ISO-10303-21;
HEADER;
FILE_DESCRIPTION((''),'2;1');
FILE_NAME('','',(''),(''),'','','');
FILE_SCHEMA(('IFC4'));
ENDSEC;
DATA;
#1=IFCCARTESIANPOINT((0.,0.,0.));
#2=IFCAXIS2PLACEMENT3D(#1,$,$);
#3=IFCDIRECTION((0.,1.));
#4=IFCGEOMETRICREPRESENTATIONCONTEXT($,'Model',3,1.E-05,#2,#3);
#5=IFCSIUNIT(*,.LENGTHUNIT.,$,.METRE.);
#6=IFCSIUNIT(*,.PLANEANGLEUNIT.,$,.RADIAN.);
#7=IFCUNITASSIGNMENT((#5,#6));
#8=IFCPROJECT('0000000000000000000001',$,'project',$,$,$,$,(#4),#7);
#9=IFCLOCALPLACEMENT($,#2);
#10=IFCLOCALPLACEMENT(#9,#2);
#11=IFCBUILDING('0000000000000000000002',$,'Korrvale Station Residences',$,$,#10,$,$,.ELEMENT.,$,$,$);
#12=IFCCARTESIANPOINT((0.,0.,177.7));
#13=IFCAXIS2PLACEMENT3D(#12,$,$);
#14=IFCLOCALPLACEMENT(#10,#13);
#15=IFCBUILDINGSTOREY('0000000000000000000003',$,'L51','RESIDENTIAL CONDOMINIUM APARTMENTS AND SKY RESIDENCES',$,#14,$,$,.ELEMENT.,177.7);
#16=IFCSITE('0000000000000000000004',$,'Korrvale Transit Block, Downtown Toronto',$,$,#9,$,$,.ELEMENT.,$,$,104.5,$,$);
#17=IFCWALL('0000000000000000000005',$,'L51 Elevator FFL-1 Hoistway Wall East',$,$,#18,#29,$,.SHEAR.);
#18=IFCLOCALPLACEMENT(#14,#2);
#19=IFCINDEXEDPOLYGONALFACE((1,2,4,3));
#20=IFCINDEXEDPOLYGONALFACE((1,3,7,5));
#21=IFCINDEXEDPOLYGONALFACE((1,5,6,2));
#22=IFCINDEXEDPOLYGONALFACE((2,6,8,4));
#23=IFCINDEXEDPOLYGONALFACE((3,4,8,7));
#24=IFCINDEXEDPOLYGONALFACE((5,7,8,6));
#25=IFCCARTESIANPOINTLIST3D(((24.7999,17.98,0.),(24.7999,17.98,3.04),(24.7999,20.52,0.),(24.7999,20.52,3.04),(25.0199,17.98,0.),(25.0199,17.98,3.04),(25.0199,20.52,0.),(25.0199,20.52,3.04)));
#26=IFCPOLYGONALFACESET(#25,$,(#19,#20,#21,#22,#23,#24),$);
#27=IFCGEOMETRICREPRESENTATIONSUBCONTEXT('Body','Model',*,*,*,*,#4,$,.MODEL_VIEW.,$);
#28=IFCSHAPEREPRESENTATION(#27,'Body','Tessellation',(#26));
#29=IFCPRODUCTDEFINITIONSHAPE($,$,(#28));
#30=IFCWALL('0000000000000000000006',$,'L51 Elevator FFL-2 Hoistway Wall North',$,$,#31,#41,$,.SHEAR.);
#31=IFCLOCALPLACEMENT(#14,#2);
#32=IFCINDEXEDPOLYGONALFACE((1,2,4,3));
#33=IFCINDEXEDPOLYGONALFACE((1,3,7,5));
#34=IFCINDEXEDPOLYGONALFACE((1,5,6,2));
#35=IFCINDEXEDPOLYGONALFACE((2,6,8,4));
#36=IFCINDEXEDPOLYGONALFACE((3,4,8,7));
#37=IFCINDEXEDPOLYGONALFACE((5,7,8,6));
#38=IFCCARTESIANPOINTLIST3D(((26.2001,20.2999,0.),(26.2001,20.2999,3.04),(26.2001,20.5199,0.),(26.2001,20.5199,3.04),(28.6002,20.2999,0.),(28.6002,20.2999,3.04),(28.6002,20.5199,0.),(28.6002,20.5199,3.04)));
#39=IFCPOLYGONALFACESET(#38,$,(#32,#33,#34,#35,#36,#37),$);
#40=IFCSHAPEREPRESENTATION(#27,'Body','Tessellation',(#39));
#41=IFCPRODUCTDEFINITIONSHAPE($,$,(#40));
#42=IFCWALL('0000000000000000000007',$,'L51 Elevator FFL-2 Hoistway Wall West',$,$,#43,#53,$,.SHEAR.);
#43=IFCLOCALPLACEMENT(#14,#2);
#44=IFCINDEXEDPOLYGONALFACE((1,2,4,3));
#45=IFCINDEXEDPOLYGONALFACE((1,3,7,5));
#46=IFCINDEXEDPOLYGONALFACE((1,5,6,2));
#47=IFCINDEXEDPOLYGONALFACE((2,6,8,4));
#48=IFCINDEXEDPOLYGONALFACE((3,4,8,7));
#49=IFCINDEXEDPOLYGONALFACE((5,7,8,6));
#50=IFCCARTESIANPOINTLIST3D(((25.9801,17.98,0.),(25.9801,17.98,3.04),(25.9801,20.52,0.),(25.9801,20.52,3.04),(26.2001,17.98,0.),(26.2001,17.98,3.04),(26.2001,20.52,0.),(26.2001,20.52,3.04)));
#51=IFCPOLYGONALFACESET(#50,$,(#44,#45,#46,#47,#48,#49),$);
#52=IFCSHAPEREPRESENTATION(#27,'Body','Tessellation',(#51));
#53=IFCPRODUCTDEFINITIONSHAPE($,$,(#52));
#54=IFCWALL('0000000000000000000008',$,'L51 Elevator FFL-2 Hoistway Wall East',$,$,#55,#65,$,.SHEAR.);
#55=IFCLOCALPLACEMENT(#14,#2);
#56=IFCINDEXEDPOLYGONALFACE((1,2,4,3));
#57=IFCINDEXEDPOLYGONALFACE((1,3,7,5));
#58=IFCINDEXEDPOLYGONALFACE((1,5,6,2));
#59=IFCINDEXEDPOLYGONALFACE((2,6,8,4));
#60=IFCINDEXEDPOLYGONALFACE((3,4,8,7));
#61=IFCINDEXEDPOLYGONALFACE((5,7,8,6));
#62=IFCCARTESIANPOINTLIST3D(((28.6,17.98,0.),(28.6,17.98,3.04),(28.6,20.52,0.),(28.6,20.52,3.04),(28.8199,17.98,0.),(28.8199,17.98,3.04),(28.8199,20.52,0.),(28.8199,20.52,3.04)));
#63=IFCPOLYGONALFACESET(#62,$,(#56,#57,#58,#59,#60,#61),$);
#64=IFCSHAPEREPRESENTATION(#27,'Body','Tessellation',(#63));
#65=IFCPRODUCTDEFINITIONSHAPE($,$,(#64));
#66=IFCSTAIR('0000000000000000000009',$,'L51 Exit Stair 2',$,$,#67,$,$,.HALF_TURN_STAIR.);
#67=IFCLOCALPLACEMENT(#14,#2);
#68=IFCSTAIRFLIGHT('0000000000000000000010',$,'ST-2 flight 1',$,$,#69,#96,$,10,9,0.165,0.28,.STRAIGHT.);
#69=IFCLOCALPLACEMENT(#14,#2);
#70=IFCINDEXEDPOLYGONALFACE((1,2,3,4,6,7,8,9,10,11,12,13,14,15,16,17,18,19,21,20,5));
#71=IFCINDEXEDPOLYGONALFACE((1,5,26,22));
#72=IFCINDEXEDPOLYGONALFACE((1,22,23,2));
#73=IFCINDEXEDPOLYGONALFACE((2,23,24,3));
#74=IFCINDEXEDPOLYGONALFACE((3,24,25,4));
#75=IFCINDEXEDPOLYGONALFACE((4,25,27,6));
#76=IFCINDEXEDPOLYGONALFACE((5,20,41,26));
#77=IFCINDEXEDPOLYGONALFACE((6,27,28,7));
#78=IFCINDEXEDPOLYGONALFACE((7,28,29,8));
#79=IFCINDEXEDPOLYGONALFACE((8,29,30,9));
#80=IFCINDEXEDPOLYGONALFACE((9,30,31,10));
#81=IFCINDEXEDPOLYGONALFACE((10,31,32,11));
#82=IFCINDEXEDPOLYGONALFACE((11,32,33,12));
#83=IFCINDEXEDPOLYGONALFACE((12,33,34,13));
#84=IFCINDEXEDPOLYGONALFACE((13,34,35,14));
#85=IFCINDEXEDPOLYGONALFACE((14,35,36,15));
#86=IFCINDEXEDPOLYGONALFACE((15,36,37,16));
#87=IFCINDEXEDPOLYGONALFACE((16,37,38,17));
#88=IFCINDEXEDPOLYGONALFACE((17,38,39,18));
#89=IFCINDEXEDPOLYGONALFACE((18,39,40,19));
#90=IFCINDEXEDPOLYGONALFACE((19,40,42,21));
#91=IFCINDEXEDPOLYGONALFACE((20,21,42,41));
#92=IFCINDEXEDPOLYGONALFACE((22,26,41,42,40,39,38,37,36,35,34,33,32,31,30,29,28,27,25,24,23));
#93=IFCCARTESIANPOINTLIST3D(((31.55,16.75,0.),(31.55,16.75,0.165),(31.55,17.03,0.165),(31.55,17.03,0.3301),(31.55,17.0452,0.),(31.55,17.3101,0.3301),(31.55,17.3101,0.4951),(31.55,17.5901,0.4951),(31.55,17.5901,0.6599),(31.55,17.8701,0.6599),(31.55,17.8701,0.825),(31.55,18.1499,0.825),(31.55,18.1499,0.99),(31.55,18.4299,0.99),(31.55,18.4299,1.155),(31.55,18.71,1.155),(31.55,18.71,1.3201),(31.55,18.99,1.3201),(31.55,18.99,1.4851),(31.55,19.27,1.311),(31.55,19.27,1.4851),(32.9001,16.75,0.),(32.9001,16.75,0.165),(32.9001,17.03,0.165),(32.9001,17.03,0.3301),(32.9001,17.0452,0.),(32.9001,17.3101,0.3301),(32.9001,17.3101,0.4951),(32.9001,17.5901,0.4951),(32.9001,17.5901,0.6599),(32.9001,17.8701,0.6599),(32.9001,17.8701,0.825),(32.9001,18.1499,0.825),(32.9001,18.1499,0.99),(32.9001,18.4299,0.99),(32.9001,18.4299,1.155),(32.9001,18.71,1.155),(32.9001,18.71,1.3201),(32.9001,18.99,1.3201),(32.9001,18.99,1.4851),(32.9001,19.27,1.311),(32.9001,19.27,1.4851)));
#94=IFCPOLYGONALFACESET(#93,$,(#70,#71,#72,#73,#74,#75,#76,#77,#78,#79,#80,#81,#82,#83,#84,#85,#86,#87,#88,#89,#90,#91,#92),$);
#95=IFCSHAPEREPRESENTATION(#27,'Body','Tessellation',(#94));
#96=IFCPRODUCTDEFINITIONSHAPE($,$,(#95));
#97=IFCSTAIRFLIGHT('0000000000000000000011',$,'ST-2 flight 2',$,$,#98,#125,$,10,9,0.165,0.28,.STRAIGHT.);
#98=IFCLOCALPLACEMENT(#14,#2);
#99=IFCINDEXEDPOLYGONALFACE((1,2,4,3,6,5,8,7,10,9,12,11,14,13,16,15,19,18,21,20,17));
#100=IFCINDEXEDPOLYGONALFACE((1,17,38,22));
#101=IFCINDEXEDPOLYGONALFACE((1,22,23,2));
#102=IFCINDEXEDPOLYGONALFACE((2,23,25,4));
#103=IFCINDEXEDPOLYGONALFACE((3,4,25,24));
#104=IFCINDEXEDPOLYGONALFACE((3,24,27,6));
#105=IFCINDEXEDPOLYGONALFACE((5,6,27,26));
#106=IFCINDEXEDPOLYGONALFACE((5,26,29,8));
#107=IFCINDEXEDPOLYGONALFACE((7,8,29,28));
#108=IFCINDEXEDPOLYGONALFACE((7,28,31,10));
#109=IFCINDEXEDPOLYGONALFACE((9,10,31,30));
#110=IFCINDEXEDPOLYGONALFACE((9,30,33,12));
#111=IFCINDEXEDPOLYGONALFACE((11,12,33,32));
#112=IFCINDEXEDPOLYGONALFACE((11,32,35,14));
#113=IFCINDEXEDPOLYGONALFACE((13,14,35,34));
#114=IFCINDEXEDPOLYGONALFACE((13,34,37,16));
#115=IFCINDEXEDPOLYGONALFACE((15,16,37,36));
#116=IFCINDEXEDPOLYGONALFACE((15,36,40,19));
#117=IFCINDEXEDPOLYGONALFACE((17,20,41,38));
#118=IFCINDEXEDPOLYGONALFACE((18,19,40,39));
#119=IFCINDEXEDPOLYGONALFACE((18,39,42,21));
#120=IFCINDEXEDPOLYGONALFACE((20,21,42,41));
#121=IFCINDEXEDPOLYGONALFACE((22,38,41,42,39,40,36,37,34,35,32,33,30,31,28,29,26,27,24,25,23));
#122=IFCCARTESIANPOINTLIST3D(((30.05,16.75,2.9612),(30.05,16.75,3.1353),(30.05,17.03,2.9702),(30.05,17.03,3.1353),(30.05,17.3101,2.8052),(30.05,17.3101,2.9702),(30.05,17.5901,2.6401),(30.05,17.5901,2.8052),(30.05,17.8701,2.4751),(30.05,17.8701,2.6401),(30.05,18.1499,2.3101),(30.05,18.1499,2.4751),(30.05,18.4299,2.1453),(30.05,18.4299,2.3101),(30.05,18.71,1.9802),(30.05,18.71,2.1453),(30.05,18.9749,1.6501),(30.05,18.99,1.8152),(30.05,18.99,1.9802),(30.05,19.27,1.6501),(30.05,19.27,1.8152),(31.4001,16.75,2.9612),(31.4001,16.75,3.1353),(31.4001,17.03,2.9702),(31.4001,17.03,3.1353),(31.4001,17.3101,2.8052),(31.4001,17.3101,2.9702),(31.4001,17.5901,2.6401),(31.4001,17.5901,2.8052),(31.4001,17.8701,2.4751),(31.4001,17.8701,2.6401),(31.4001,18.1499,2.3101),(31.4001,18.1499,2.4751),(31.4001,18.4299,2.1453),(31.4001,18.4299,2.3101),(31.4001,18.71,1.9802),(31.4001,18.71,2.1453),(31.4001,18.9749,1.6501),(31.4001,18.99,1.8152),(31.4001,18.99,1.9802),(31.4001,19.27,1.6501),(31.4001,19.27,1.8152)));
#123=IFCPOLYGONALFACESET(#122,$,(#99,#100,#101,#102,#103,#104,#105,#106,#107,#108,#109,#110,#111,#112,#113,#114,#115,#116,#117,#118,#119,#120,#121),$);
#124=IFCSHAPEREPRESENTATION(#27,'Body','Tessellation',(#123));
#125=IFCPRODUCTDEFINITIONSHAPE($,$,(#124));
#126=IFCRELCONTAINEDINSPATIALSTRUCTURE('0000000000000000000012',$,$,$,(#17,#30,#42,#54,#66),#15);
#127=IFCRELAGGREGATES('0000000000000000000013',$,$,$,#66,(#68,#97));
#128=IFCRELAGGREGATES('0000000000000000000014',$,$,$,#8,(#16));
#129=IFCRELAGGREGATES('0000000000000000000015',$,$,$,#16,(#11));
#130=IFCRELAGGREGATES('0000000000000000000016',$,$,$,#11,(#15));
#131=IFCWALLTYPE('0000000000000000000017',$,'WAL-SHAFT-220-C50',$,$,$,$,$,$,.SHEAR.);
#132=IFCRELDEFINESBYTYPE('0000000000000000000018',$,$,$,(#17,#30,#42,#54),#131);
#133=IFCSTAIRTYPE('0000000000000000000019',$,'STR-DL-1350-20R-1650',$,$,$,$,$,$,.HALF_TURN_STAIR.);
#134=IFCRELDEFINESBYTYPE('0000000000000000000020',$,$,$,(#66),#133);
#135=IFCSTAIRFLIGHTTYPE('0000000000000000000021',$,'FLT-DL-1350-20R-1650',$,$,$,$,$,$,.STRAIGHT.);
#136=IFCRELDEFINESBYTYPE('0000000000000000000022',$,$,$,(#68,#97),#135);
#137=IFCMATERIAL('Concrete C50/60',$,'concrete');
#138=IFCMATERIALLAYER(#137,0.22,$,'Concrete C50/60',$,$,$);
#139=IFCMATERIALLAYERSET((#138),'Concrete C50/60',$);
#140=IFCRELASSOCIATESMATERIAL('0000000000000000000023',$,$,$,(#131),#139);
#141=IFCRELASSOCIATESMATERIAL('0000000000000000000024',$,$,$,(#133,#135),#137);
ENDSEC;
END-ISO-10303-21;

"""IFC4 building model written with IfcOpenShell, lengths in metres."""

from ifc_helpers import new_model, si_unit, direction, frame, frame_2d, origin, place, context, subcontext, project, spatial, polyline, rectangle, outline, extrude, material, layer, layer_set, type_object, element, aggregate, save


model = new_model("IFC4")

# Units and contexts
model_context = context("Model", 3, precision=1e-05, world=origin(), true_north=direction((0.0, 1.0)))
body_context = subcontext(model_context, "Body", "Model", "MODEL_VIEW")
ifc_project = project(units=[si_unit("LENGTHUNIT", "METRE"), si_unit("PLANEANGLEUNIT", "RADIAN")], contexts=[model_context])

# Site, building, storey
site_placement = place(None, origin())
site = spatial("IfcSite", under=ifc_project, at=site_placement, Name="Korrvale Transit Block, Downtown Toronto", CompositionType="ELEMENT", RefElevation=104.5)
building_placement = place(site_placement, origin())
building = spatial("IfcBuilding", under=site, at=building_placement, Name="Korrvale Station Residences", CompositionType="ELEMENT")
storey_placement = place(building_placement, frame((0.0, 0.0, 177.7)))
storey = spatial("IfcBuildingStorey", under=building, at=storey_placement, Name="L51", Description="RESIDENTIAL CONDOMINIUM APARTMENTS AND SKY RESIDENCES", CompositionType="ELEMENT", Elevation=177.7)

# Shared definitions
ifc_material_1 = material(Name="Concrete C50/60", Category="concrete")

# Wall
ifc_layer_1 = layer(ifc_material_1, 0.22, Name="Concrete C50/60")
ifc_layer_set_1 = layer_set([ifc_layer_1], Name="Concrete C50/60")
wall_type_1 = type_object("IfcWallType", Name="WAL-SHAFT-220-C50", PredefinedType="SHEAR", material=ifc_layer_set_1)
wall_1_placement = place(storey_placement, frame((24.9099, 17.98, 0.0), z_axis=(0.0, 0.0, 1.0), x_axis=(0.0, 1.0, 0.0)))
element("IfcWall", 1, at=wall_1_placement, inside=storey, type_object=wall_type_1, Name="L51 Elevator FFL-1 Hoistway Wall East", PredefinedType="SHEAR", context=body_context, shape_type="SweptSolid", body=[
    extrude(rectangle(XDim=2.54, YDim=0.22, at=frame_2d((1.27, 0.0))), origin(), (0.0, 0.0, 1.0), 3.04),
])

# Walls
wall_2_placement = place(storey_placement, frame((26.2, 20.4099, 0.0), z_axis=(0.0, 0.0, 1.0), x_axis=(1.0, 0.0, 0.0)))
element("IfcWall", 2, at=wall_2_placement, inside=storey, type_object=wall_type_1, Name="L51 Elevator FFL-2 Hoistway Wall North", PredefinedType="SHEAR", context=body_context, shape_type="SweptSolid", body=[
    extrude(rectangle(XDim=2.4001, YDim=0.22, at=frame_2d((1.2002, 0.0))), origin(), (0.0, 0.0, 1.0), 3.04),
])
for number, where, z_axis, x_axis, name in (
    (3, (26.0901, 17.98, 0.0), (0.0, 0.0, 1.0), (0.0, 1.0, 0.0), "L51 Elevator FFL-2 Hoistway Wall West"),
    (4, (28.71, 17.98, 0.0), (0.0, 0.0, 1.0), (0.0, 1.0, 0.0), "L51 Elevator FFL-2 Hoistway Wall East"),
):
    element("IfcWall", number, at=place(storey_placement, frame(where, z_axis=z_axis, x_axis=x_axis)), inside=storey, type_object=wall_type_1, Name=name, PredefinedType="SHEAR", context=body_context, shape_type="SweptSolid", body=[
        extrude(rectangle(XDim=2.54, YDim=0.22, at=frame_2d((1.27, 0.0))), origin(), (0.0, 0.0, 1.0), 3.04),
    ])

# Stair, stair flights
stair_type = type_object("IfcStairType", Name="STR-DL-1350-20R-1650", PredefinedType="HALF_TURN_STAIR", material=ifc_material_1)
stair_placement = place(storey_placement, origin())
stair = element("IfcStair", 5, at=stair_placement, inside=storey, type_object=stair_type, Name="L51 Exit Stair 2", PredefinedType="HALF_TURN_STAIR")
stair_flight_type = type_object("IfcStairFlightType", Name="FLT-DL-1350-20R-1650", PredefinedType="STRAIGHT", material=ifc_material_1)
stair_flight_1_placement = place(storey_placement, frame((32.2251, 16.75, 0.0), z_axis=(0.0, 0.0, 1.0), x_axis=(0.0, 1.0, 0.0)))
stair_flight_1 = element("IfcStairFlight", 6, at=stair_flight_1_placement, type_object=stair_flight_type, Name="ST-2 flight 1", NumberOfRisers=10, NumberOfTreads=9, PredefinedType="STRAIGHT", RiserHeight=0.165, TreadLength=0.28, context=body_context, shape_type="SweptSolid", body=[
    extrude(outline(polyline([(0.0, 0.0), (0.0, 0.165), (0.28, 0.165), (0.28, 0.3301), (0.5601, 0.3301), (0.5601, 0.4951), (0.8401, 0.4951), (0.8401, 0.6599), (1.1201, 0.6599), (1.1201, 0.825), (1.3999, 0.825), (1.3999, 0.99), (1.6799, 0.99), (1.6799, 1.155), (1.96, 1.155), (1.96, 1.3201), (2.24, 1.3201), (2.24, 1.4851), (2.52, 1.4851), (2.52, 1.6499), (2.52, 1.311), (0.2952, 0.0), (0.0, 0.0)])), frame((0.0, 0.675, 0.0), z_axis=(0.0, -1.0, 0.0), x_axis=(1.0, 0.0, 0.0)), (0.0, 0.0, 1.0), 1.3501),
])
stair_flight_2_placement = place(storey_placement, frame((30.7251, 19.27, 1.6501), z_axis=(0.0, 0.0, 1.0), x_axis=(0.0, -1.0, 0.0)))
stair_flight_2 = element("IfcStairFlight", 7, at=stair_flight_2_placement, type_object=stair_flight_type, Name="ST-2 flight 2", NumberOfRisers=10, NumberOfTreads=9, PredefinedType="STRAIGHT", RiserHeight=0.165, TreadLength=0.28, context=body_context, shape_type="SweptSolid", body=[
    extrude(outline(polyline([(0.0, 0.0), (0.0, 0.165), (0.28, 0.165), (0.28, 0.3301), (0.5601, 0.3301), (0.5601, 0.4951), (0.8401, 0.4951), (0.8401, 0.6599), (1.1201, 0.6599), (1.1201, 0.825), (1.3999, 0.825), (1.3999, 0.99), (1.6799, 0.99), (1.6799, 1.155), (1.96, 1.155), (1.96, 1.3201), (2.24, 1.3201), (2.24, 1.4851), (2.52, 1.4851), (2.52, 1.6499), (2.52, 1.311), (0.2952, 0.0), (0.0, 0.0)])), frame((0.0, 0.675, 0.0), z_axis=(0.0, -1.0, 0.0), x_axis=(1.0, 0.0, 0.0)), (0.0, 0.0, 1.0), 1.3501),
])
aggregate(stair, [stair_flight_1, stair_flight_2])

save(model, "model.ifc")
